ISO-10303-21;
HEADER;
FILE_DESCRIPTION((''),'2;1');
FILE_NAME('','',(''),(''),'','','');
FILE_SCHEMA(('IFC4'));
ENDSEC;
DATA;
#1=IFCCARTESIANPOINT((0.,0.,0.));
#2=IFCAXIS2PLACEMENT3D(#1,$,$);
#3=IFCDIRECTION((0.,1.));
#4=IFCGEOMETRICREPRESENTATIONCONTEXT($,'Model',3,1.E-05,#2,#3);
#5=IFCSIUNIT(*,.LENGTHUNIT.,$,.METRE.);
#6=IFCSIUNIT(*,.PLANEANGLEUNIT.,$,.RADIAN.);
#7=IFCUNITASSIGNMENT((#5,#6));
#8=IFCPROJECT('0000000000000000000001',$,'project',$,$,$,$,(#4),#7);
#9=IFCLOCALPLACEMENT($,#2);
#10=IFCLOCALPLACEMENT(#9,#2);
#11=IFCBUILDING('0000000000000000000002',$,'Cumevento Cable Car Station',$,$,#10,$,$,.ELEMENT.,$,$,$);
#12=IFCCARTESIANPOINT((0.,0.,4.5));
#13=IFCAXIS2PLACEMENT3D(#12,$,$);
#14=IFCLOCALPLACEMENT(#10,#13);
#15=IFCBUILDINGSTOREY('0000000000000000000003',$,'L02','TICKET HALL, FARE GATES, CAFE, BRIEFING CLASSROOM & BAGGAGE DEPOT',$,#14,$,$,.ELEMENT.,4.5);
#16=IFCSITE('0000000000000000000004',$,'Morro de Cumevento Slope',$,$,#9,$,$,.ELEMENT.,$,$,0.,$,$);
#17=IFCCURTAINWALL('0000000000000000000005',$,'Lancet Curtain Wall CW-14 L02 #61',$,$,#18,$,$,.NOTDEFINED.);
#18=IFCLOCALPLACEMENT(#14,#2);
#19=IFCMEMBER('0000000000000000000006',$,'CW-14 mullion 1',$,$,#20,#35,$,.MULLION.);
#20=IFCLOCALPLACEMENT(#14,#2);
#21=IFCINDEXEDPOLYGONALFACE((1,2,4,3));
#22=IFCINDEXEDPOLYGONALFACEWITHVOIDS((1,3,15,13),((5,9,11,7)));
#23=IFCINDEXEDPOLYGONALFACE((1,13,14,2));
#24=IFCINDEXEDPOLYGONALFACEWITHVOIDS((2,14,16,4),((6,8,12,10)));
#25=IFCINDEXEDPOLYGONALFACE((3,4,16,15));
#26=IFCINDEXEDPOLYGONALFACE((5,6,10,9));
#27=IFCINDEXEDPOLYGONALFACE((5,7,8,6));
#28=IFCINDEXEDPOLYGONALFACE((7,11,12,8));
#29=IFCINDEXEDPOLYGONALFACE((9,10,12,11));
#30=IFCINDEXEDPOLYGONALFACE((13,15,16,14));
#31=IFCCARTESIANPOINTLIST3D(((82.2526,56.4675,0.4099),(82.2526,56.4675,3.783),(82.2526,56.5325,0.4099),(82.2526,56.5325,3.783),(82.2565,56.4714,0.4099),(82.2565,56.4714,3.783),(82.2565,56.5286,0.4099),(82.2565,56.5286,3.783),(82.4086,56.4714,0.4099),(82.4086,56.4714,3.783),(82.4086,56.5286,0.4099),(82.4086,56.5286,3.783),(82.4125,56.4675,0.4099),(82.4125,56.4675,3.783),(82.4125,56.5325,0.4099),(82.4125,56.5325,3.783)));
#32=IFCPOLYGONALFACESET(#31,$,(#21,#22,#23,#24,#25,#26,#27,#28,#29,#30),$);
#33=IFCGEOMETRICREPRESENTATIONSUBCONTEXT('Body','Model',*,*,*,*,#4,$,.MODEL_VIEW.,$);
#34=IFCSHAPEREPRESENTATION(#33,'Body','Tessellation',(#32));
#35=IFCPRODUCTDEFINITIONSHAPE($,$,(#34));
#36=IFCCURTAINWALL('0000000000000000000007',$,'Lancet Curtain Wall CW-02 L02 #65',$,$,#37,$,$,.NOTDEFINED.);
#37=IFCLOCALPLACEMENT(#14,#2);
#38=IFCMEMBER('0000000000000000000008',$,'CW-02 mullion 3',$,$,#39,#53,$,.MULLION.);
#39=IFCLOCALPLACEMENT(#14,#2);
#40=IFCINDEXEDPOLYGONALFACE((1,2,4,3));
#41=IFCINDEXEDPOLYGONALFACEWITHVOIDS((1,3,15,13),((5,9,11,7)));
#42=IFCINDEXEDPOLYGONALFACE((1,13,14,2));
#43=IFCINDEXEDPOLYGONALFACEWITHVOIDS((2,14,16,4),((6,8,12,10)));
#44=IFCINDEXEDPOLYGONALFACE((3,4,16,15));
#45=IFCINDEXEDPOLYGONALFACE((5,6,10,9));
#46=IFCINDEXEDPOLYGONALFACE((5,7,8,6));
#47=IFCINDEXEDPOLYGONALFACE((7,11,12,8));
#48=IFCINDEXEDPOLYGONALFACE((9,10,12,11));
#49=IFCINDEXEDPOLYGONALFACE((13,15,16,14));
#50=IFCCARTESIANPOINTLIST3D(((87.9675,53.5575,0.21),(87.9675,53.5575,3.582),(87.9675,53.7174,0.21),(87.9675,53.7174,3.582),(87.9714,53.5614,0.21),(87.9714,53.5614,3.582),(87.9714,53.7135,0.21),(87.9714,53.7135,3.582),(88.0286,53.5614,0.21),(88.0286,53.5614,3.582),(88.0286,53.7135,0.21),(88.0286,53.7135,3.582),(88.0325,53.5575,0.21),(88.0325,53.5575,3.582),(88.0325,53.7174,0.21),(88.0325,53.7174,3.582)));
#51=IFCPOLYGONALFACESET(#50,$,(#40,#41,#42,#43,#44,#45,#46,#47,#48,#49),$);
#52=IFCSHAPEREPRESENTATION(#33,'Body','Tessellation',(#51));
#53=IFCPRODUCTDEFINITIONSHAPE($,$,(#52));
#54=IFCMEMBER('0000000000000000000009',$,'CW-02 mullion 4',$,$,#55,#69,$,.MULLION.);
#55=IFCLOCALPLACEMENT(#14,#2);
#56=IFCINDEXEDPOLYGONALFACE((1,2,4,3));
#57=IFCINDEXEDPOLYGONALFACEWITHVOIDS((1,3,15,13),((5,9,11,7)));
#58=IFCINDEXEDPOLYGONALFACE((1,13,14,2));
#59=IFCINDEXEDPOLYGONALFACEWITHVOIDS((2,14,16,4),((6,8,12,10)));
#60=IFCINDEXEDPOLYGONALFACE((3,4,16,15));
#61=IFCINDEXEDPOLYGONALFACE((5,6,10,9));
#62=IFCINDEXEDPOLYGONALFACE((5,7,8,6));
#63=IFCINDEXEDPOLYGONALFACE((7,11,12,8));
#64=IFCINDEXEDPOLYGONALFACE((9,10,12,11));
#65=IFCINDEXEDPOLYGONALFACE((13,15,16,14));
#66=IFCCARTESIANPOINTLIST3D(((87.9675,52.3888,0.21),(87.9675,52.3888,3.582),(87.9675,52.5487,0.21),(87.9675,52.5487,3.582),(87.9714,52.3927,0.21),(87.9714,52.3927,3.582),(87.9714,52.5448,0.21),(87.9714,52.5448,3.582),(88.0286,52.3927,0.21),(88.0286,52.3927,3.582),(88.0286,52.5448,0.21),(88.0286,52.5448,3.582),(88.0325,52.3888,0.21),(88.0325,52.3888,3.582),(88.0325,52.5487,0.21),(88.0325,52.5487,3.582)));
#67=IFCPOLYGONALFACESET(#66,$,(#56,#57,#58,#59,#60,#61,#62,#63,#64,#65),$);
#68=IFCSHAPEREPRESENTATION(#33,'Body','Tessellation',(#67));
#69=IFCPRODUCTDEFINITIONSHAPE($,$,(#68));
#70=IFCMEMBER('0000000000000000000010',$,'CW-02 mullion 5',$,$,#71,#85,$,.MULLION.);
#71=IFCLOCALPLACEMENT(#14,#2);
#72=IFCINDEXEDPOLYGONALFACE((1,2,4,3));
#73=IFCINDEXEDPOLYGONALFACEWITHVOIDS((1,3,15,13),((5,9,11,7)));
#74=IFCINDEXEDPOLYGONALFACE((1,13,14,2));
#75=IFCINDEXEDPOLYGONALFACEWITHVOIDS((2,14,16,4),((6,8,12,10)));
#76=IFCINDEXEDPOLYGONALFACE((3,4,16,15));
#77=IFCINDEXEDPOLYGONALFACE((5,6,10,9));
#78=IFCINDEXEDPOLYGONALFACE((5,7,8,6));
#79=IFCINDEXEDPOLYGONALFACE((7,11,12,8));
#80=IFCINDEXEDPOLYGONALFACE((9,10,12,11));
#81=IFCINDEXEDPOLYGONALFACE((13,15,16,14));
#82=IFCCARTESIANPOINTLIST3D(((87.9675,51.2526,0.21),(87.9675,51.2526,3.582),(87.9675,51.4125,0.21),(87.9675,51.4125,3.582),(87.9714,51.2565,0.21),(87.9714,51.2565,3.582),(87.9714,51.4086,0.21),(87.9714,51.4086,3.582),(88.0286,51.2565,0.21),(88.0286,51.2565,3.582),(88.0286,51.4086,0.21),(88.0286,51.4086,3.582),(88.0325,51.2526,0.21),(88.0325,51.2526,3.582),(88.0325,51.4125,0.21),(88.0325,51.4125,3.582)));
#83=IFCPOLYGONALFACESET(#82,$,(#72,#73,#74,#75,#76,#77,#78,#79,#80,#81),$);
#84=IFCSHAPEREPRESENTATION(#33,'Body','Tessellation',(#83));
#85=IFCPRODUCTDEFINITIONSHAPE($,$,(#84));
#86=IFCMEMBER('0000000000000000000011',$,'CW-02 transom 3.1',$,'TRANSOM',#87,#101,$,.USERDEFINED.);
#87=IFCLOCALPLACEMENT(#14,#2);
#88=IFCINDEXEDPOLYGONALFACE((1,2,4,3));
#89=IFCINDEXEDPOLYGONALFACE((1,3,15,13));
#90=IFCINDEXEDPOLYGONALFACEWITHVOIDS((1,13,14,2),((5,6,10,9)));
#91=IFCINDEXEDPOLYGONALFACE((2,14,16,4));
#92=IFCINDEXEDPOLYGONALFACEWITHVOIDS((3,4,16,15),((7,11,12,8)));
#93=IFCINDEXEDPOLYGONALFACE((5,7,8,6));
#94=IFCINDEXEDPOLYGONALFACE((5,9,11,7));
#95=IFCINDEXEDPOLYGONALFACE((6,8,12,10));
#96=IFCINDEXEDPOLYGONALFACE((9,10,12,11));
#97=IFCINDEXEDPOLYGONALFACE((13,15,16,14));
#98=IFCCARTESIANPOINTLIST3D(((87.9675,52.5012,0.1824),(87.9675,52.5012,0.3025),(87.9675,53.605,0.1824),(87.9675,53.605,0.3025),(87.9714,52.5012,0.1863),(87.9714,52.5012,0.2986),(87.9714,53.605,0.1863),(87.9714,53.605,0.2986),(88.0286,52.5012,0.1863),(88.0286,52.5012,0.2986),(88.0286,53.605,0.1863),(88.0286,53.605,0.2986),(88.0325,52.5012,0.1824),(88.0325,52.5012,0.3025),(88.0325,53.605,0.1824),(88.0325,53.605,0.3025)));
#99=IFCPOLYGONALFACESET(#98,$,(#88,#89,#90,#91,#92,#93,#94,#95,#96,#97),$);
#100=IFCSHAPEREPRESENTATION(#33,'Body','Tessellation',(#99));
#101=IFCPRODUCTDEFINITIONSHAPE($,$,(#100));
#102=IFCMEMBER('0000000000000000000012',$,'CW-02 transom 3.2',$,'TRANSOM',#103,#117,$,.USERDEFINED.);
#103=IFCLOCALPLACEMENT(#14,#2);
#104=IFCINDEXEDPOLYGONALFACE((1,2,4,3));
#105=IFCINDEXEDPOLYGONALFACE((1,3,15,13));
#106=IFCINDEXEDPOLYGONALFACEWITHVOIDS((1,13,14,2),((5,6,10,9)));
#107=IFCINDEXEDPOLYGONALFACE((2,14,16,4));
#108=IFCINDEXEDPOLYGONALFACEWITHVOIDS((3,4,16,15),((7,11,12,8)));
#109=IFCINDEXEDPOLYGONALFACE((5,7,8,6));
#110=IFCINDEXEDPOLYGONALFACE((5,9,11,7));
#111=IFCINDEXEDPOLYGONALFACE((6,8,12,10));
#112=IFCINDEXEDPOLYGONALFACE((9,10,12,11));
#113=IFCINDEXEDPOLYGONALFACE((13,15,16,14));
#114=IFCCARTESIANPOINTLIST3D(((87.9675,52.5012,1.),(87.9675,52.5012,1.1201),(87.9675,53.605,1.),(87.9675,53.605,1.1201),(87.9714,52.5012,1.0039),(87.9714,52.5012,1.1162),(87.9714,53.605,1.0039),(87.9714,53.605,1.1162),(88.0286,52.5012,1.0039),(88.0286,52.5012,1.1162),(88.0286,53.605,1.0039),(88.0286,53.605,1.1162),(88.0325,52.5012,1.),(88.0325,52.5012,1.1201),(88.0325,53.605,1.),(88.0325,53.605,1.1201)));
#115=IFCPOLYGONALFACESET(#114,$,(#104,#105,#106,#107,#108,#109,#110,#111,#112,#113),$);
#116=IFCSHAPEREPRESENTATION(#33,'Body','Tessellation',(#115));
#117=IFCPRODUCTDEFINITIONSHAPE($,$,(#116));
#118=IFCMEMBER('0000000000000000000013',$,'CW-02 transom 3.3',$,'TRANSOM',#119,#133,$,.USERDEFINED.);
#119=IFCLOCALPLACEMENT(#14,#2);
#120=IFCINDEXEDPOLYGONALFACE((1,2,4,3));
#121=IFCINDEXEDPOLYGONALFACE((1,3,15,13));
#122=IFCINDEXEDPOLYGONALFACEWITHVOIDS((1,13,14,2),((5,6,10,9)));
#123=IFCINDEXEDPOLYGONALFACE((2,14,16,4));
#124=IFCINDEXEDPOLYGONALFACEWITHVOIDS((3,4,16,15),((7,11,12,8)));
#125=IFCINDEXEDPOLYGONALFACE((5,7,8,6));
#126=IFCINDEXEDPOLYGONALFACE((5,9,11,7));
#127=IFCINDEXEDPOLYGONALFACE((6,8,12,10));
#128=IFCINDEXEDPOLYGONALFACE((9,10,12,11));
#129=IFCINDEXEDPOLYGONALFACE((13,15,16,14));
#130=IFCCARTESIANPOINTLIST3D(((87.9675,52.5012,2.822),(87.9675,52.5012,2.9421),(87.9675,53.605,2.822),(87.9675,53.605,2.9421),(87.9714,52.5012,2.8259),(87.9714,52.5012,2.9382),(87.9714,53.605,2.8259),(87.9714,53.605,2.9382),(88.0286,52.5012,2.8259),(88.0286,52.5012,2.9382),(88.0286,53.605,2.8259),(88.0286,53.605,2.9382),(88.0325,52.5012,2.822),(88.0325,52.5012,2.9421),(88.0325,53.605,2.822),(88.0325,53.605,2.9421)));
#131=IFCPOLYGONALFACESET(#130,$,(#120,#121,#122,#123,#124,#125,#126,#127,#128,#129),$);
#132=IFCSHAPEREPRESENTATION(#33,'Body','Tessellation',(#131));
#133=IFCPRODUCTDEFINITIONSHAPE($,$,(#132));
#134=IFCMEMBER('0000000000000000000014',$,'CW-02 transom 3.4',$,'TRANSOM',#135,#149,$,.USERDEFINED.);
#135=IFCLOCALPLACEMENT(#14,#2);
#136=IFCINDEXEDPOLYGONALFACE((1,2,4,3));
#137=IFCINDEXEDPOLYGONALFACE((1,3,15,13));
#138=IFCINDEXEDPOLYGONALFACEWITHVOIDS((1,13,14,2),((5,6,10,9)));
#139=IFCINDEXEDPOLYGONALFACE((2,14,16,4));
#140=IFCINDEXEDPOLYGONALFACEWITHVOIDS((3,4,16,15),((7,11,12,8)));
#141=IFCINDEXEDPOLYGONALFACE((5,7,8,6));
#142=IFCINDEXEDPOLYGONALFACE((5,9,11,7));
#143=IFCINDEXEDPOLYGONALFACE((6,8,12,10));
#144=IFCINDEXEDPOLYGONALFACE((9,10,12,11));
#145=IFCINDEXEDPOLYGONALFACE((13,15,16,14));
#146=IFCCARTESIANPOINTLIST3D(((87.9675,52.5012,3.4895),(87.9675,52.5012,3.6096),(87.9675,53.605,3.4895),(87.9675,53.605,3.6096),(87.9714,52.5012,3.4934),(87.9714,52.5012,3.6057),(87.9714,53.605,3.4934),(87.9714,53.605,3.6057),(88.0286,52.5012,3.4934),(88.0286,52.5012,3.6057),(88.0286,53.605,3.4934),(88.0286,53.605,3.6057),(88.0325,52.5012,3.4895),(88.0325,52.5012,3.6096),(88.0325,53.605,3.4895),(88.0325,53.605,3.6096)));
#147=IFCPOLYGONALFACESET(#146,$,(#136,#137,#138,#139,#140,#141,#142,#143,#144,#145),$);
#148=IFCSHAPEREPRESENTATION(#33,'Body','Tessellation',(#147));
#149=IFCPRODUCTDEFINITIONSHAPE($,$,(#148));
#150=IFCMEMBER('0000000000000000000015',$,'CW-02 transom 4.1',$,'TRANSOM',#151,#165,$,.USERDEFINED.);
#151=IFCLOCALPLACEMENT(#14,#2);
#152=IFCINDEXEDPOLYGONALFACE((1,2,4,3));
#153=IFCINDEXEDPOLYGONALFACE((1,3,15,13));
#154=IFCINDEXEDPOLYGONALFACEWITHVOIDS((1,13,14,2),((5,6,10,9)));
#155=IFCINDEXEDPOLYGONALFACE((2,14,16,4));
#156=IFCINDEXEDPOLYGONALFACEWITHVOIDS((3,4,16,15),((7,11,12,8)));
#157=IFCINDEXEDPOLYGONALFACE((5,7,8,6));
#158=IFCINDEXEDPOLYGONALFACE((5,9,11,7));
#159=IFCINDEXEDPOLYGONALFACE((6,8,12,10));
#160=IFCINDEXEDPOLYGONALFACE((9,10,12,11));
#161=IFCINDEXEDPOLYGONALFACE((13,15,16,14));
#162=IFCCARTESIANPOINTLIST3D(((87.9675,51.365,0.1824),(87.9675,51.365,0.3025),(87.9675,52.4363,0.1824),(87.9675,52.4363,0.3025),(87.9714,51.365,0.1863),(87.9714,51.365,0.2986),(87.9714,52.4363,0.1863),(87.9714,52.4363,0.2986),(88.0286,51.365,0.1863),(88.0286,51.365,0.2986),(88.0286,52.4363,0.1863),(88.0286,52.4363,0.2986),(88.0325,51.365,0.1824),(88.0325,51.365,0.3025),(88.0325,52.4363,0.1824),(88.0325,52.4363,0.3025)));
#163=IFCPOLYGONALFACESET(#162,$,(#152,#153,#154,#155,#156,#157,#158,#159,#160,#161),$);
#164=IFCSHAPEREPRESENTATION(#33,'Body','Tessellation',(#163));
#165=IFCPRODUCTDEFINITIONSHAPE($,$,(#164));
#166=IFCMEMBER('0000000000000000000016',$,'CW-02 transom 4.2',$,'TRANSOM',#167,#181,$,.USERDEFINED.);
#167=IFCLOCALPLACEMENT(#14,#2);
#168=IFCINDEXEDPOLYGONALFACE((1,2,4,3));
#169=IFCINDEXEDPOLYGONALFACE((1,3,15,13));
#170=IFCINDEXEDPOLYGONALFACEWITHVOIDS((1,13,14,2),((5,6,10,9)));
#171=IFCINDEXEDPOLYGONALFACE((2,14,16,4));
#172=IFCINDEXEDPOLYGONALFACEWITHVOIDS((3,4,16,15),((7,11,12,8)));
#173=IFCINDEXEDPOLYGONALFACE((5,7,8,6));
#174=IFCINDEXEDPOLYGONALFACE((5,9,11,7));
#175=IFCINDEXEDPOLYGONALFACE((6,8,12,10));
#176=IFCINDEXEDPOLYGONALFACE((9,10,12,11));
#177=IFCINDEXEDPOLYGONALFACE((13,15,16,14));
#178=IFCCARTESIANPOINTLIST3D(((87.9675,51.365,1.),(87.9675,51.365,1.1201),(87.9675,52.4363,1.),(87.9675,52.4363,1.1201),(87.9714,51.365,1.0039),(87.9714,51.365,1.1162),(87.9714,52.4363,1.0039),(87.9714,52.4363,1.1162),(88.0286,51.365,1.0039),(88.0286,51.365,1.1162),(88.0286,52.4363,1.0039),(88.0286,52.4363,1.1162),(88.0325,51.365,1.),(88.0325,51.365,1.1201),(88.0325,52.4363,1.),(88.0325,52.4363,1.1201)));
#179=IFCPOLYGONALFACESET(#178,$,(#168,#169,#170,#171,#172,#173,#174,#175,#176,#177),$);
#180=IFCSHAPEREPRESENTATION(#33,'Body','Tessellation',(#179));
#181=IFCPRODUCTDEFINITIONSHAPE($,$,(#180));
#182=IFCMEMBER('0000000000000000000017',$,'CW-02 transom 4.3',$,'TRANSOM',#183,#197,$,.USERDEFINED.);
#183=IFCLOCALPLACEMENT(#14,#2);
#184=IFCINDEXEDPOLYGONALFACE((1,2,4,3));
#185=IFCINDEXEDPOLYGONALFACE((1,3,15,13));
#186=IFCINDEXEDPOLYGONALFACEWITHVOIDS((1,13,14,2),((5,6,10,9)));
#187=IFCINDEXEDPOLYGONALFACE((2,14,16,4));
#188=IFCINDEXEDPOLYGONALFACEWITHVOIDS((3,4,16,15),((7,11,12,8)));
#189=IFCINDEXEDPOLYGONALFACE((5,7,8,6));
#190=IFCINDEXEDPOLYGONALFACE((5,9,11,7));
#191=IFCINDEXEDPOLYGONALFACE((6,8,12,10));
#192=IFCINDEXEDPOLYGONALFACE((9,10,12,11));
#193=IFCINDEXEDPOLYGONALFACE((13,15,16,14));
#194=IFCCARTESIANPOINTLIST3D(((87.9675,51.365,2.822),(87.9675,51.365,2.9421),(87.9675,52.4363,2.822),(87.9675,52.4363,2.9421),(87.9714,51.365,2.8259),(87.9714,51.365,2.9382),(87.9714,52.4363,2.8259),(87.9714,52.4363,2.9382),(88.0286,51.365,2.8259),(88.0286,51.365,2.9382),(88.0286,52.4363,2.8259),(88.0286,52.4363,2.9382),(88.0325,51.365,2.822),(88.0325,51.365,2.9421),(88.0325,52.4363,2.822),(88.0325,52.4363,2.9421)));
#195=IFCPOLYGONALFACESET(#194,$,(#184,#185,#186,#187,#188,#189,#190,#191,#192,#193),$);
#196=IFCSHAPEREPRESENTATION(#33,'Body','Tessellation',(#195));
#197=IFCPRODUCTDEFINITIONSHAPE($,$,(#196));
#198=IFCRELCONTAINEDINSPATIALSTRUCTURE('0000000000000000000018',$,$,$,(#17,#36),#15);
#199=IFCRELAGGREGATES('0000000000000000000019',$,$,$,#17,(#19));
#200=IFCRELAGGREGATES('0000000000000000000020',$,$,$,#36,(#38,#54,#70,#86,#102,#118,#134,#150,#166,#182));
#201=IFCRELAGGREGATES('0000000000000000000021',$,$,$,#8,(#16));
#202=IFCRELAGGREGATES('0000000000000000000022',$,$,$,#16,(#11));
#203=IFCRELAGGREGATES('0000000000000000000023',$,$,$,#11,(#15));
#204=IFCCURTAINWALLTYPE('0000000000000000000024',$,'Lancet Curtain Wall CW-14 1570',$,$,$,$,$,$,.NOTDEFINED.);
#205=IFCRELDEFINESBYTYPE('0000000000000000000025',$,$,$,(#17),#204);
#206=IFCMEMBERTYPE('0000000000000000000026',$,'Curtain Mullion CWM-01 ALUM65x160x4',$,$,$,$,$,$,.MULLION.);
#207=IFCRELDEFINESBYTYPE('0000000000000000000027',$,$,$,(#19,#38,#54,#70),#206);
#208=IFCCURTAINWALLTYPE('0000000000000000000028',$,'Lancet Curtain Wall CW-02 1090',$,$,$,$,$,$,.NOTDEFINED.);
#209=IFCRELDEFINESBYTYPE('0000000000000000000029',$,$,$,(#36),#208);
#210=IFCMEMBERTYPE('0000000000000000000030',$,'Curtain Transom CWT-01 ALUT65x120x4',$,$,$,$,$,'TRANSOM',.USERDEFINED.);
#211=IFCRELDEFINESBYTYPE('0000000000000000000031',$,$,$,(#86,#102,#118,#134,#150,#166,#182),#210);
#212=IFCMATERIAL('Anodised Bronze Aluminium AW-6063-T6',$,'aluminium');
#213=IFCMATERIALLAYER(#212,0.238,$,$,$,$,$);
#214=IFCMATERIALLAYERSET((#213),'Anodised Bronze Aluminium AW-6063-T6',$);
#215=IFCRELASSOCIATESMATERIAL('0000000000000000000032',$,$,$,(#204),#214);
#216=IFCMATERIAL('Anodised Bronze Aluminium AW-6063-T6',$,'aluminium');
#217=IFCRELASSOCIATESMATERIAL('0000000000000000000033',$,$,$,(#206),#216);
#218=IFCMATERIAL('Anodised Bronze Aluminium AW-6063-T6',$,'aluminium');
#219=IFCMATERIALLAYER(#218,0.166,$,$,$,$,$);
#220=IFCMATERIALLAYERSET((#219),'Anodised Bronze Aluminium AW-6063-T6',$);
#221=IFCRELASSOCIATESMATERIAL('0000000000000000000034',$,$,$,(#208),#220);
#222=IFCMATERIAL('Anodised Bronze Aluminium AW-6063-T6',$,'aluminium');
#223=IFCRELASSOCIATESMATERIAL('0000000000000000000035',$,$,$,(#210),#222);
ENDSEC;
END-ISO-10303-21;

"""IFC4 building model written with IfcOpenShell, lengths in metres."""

from ifc_helpers import new_model, si_unit, direction, frame, origin, origin_2d, place, context, subcontext, project, spatial, hollow_rectangle, extrude, material, layer, layer_set, material_profile, profile_set, type_object, element, aggregate, save


model = new_model("IFC4")

# Units and contexts
model_context = context("Model", 3, precision=1e-05, world=origin(), true_north=direction((0.0, 1.0)))
body_context = subcontext(model_context, "Body", "Model", "MODEL_VIEW")
ifc_project = project(units=[si_unit("LENGTHUNIT", "METRE"), si_unit("PLANEANGLEUNIT", "RADIAN")], contexts=[model_context])

# Site, building, storey
site_placement = place(None, origin())
site = spatial("IfcSite", under=ifc_project, at=site_placement, Name="Morro de Cumevento Slope", CompositionType="ELEMENT", RefElevation=0.0)
building_placement = place(site_placement, origin())
building = spatial("IfcBuilding", under=site, at=building_placement, Name="Cumevento Cable Car Station", CompositionType="ELEMENT")
storey_placement = place(building_placement, frame((0.0, 0.0, 4.5)))
storey = spatial("IfcBuildingStorey", under=building, at=storey_placement, Name="L02", Description="TICKET HALL, FARE GATES, CAFE, BRIEFING CLASSROOM & BAGGAGE DEPOT", CompositionType="ELEMENT", Elevation=4.5)

# Curtain wall, member
ifc_material_1 = material(Name="Anodised Bronze Aluminium AW-6063-T6", Category="aluminium")
ifc_layer_1 = layer(ifc_material_1, 0.238)
ifc_layer_set_1 = layer_set([ifc_layer_1], Name="Anodised Bronze Aluminium AW-6063-T6")
curtain_wall_type_1 = type_object("IfcCurtainWallType", Name="Lancet Curtain Wall CW-14 1570", PredefinedType="NOTDEFINED", material=ifc_layer_set_1)
curtain_wall_1_placement = place(storey_placement, origin())
curtain_wall_1 = element("IfcCurtainWall", 1, at=curtain_wall_1_placement, inside=storey, type_object=curtain_wall_type_1, Name="Lancet Curtain Wall CW-14 L02 #61", PredefinedType="NOTDEFINED")
ifc_material_2 = material(Name="Anodised Bronze Aluminium AW-6063-T6", Category="aluminium")
ifc_material_profile_1 = material_profile(ifc_material_2, hollow_rectangle(XDim=0.0649, YDim=0.1599, WallThickness=0.0039, at=origin_2d()), Name="ALUM65x160x4")
ifc_profile_set_1 = profile_set([ifc_material_profile_1], Name="Anodised Bronze Aluminium AW-6063-T6")
member_type_1 = type_object("IfcMemberType", Name="Curtain Mullion CWM-01 ALUM65x160x4", PredefinedType="MULLION", material=ifc_profile_set_1)
member_1_placement = place(storey_placement, frame((82.3325, 56.5, 0.4099), z_axis=(0.0, 0.0, 1.0), x_axis=(0.0, 1.0, 0.0)))
member_1 = element("IfcMember", 2, at=member_1_placement, type_object=member_type_1, Name="CW-14 mullion 1", PredefinedType="MULLION", context=body_context, shape_type="SweptSolid", body=[
    extrude(hollow_rectangle(XDim=0.0649, YDim=0.1599, WallThickness=0.0039, at=origin_2d()), origin(), (0.0, 0.0, 1.0), 3.373),
])
aggregate(curtain_wall_1, [member_1])

# Curtain wall, members
ifc_material_3 = material(Name="Anodised Bronze Aluminium AW-6063-T6", Category="aluminium")
ifc_layer_2 = layer(ifc_material_3, 0.166)
ifc_layer_set_2 = layer_set([ifc_layer_2], Name="Anodised Bronze Aluminium AW-6063-T6")
curtain_wall_type_2 = type_object("IfcCurtainWallType", Name="Lancet Curtain Wall CW-02 1090", PredefinedType="NOTDEFINED", material=ifc_layer_set_2)
curtain_wall_2_placement = place(storey_placement, origin())
curtain_wall_2 = element("IfcCurtainWall", 3, at=curtain_wall_2_placement, inside=storey, type_object=curtain_wall_type_2, Name="Lancet Curtain Wall CW-02 L02 #65", PredefinedType="NOTDEFINED")
member_2_placement = place(storey_placement, frame((88.0, 53.6375, 0.21), z_axis=(0.0, 0.0, 1.0), x_axis=(1.0, 0.0, 0.0)))
member_2 = element("IfcMember", 4, at=member_2_placement, type_object=member_type_1, Name="CW-02 mullion 3", PredefinedType="MULLION", context=body_context, shape_type="SweptSolid", body=[
    extrude(hollow_rectangle(XDim=0.0649, YDim=0.1599, WallThickness=0.0039, at=origin_2d()), origin(), (0.0, 0.0, 1.0), 3.3721),
])
member_3_placement = place(storey_placement, frame((88.0, 52.4688, 0.21), z_axis=(0.0, 0.0, 1.0), x_axis=(1.0, 0.0, 0.0)))
member_3 = element("IfcMember", 5, at=member_3_placement, type_object=member_type_1, Name="CW-02 mullion 4", PredefinedType="MULLION", context=body_context, shape_type="SweptSolid", body=[
    extrude(hollow_rectangle(XDim=0.0649, YDim=0.1599, WallThickness=0.0039, at=origin_2d()), origin(), (0.0, 0.0, 1.0), 3.3721),
])
member_4_placement = place(storey_placement, frame((88.0, 51.3325, 0.21), z_axis=(0.0, 0.0, 1.0), x_axis=(1.0, 0.0, 0.0)))
member_4 = element("IfcMember", 6, at=member_4_placement, type_object=member_type_1, Name="CW-02 mullion 5", PredefinedType="MULLION", context=body_context, shape_type="SweptSolid", body=[
    extrude(hollow_rectangle(XDim=0.0649, YDim=0.1599, WallThickness=0.0039, at=origin_2d()), origin(), (0.0, 0.0, 1.0), 3.3721),
])
ifc_material_4 = material(Name="Anodised Bronze Aluminium AW-6063-T6", Category="aluminium")
ifc_material_profile_2 = material_profile(ifc_material_4, hollow_rectangle(XDim=0.0649, YDim=0.1201, WallThickness=0.0039, at=origin_2d()), Name="ALUT65x120x4")
ifc_profile_set_2 = profile_set([ifc_material_profile_2], Name="Anodised Bronze Aluminium AW-6063-T6")
member_type_2 = type_object("IfcMemberType", Name="Curtain Transom CWT-01 ALUT65x120x4", ElementType="TRANSOM", PredefinedType="USERDEFINED", material=ifc_profile_set_2)
member_5_placement = place(storey_placement, frame((88.0, 53.605, 0.2424), z_axis=(0.0, -1.0, 0.0), x_axis=(1.0, 0.0, 0.0)))
member_5 = element("IfcMember", 7, at=member_5_placement, type_object=member_type_2, Name="CW-02 transom 3.1", ObjectType="TRANSOM", PredefinedType="USERDEFINED", context=body_context, shape_type="SweptSolid", body=[
    extrude(hollow_rectangle(XDim=0.0649, YDim=0.1201, WallThickness=0.0039, at=origin_2d()), origin(), (0.0, 0.0, 1.0), 1.1038),
])
member_6_placement = place(storey_placement, frame((88.0, 53.605, 1.0601), z_axis=(0.0, -1.0, 0.0), x_axis=(1.0, 0.0, 0.0)))
member_6 = element("IfcMember", 8, at=member_6_placement, type_object=member_type_2, Name="CW-02 transom 3.2", ObjectType="TRANSOM", PredefinedType="USERDEFINED", context=body_context, shape_type="SweptSolid", body=[
    extrude(hollow_rectangle(XDim=0.0649, YDim=0.1201, WallThickness=0.0039, at=origin_2d()), origin(), (0.0, 0.0, 1.0), 1.1038),
])
member_7_placement = place(storey_placement, frame((88.0, 53.605, 2.8821), z_axis=(0.0, -1.0, 0.0), x_axis=(1.0, 0.0, 0.0)))
member_7 = element("IfcMember", 9, at=member_7_placement, type_object=member_type_2, Name="CW-02 transom 3.3", ObjectType="TRANSOM", PredefinedType="USERDEFINED", context=body_context, shape_type="SweptSolid", body=[
    extrude(hollow_rectangle(XDim=0.0649, YDim=0.1201, WallThickness=0.0039, at=origin_2d()), origin(), (0.0, 0.0, 1.0), 1.1038),
])
member_8_placement = place(storey_placement, frame((88.0, 53.605, 3.5496), z_axis=(0.0, -1.0, 0.0), x_axis=(1.0, 0.0, 0.0)))
member_8 = element("IfcMember", 10, at=member_8_placement, type_object=member_type_2, Name="CW-02 transom 3.4", ObjectType="TRANSOM", PredefinedType="USERDEFINED", context=body_context, shape_type="SweptSolid", body=[
    extrude(hollow_rectangle(XDim=0.0649, YDim=0.1201, WallThickness=0.0039, at=origin_2d()), origin(), (0.0, 0.0, 1.0), 1.1038),
])
member_9_placement = place(storey_placement, frame((88.0, 52.4363, 0.2424), z_axis=(0.0, -1.0, 0.0), x_axis=(1.0, 0.0, 0.0)))
member_9 = element("IfcMember", 11, at=member_9_placement, type_object=member_type_2, Name="CW-02 transom 4.1", ObjectType="TRANSOM", PredefinedType="USERDEFINED", context=body_context, shape_type="SweptSolid", body=[
    extrude(hollow_rectangle(XDim=0.0649, YDim=0.1201, WallThickness=0.0039, at=origin_2d()), origin(), (0.0, 0.0, 1.0), 1.0713),
])
member_10_placement = place(storey_placement, frame((88.0, 52.4363, 1.0601), z_axis=(0.0, -1.0, 0.0), x_axis=(1.0, 0.0, 0.0)))
member_10 = element("IfcMember", 12, at=member_10_placement, type_object=member_type_2, Name="CW-02 transom 4.2", ObjectType="TRANSOM", PredefinedType="USERDEFINED", context=body_context, shape_type="SweptSolid", body=[
    extrude(hollow_rectangle(XDim=0.0649, YDim=0.1201, WallThickness=0.0039, at=origin_2d()), origin(), (0.0, 0.0, 1.0), 1.0713),
])
member_11_placement = place(storey_placement, frame((88.0, 52.4363, 2.8821), z_axis=(0.0, -1.0, 0.0), x_axis=(1.0, 0.0, 0.0)))
member_11 = element("IfcMember", 13, at=member_11_placement, type_object=member_type_2, Name="CW-02 transom 4.3", ObjectType="TRANSOM", PredefinedType="USERDEFINED", context=body_context, shape_type="SweptSolid", body=[
    extrude(hollow_rectangle(XDim=0.0649, YDim=0.1201, WallThickness=0.0039, at=origin_2d()), origin(), (0.0, 0.0, 1.0), 1.0713),
])

aggregate(curtain_wall_2, [member_2, member_3, member_4, member_5, member_6, member_7, member_8, member_9, member_10, member_11])

save(model, "model.ifc")
